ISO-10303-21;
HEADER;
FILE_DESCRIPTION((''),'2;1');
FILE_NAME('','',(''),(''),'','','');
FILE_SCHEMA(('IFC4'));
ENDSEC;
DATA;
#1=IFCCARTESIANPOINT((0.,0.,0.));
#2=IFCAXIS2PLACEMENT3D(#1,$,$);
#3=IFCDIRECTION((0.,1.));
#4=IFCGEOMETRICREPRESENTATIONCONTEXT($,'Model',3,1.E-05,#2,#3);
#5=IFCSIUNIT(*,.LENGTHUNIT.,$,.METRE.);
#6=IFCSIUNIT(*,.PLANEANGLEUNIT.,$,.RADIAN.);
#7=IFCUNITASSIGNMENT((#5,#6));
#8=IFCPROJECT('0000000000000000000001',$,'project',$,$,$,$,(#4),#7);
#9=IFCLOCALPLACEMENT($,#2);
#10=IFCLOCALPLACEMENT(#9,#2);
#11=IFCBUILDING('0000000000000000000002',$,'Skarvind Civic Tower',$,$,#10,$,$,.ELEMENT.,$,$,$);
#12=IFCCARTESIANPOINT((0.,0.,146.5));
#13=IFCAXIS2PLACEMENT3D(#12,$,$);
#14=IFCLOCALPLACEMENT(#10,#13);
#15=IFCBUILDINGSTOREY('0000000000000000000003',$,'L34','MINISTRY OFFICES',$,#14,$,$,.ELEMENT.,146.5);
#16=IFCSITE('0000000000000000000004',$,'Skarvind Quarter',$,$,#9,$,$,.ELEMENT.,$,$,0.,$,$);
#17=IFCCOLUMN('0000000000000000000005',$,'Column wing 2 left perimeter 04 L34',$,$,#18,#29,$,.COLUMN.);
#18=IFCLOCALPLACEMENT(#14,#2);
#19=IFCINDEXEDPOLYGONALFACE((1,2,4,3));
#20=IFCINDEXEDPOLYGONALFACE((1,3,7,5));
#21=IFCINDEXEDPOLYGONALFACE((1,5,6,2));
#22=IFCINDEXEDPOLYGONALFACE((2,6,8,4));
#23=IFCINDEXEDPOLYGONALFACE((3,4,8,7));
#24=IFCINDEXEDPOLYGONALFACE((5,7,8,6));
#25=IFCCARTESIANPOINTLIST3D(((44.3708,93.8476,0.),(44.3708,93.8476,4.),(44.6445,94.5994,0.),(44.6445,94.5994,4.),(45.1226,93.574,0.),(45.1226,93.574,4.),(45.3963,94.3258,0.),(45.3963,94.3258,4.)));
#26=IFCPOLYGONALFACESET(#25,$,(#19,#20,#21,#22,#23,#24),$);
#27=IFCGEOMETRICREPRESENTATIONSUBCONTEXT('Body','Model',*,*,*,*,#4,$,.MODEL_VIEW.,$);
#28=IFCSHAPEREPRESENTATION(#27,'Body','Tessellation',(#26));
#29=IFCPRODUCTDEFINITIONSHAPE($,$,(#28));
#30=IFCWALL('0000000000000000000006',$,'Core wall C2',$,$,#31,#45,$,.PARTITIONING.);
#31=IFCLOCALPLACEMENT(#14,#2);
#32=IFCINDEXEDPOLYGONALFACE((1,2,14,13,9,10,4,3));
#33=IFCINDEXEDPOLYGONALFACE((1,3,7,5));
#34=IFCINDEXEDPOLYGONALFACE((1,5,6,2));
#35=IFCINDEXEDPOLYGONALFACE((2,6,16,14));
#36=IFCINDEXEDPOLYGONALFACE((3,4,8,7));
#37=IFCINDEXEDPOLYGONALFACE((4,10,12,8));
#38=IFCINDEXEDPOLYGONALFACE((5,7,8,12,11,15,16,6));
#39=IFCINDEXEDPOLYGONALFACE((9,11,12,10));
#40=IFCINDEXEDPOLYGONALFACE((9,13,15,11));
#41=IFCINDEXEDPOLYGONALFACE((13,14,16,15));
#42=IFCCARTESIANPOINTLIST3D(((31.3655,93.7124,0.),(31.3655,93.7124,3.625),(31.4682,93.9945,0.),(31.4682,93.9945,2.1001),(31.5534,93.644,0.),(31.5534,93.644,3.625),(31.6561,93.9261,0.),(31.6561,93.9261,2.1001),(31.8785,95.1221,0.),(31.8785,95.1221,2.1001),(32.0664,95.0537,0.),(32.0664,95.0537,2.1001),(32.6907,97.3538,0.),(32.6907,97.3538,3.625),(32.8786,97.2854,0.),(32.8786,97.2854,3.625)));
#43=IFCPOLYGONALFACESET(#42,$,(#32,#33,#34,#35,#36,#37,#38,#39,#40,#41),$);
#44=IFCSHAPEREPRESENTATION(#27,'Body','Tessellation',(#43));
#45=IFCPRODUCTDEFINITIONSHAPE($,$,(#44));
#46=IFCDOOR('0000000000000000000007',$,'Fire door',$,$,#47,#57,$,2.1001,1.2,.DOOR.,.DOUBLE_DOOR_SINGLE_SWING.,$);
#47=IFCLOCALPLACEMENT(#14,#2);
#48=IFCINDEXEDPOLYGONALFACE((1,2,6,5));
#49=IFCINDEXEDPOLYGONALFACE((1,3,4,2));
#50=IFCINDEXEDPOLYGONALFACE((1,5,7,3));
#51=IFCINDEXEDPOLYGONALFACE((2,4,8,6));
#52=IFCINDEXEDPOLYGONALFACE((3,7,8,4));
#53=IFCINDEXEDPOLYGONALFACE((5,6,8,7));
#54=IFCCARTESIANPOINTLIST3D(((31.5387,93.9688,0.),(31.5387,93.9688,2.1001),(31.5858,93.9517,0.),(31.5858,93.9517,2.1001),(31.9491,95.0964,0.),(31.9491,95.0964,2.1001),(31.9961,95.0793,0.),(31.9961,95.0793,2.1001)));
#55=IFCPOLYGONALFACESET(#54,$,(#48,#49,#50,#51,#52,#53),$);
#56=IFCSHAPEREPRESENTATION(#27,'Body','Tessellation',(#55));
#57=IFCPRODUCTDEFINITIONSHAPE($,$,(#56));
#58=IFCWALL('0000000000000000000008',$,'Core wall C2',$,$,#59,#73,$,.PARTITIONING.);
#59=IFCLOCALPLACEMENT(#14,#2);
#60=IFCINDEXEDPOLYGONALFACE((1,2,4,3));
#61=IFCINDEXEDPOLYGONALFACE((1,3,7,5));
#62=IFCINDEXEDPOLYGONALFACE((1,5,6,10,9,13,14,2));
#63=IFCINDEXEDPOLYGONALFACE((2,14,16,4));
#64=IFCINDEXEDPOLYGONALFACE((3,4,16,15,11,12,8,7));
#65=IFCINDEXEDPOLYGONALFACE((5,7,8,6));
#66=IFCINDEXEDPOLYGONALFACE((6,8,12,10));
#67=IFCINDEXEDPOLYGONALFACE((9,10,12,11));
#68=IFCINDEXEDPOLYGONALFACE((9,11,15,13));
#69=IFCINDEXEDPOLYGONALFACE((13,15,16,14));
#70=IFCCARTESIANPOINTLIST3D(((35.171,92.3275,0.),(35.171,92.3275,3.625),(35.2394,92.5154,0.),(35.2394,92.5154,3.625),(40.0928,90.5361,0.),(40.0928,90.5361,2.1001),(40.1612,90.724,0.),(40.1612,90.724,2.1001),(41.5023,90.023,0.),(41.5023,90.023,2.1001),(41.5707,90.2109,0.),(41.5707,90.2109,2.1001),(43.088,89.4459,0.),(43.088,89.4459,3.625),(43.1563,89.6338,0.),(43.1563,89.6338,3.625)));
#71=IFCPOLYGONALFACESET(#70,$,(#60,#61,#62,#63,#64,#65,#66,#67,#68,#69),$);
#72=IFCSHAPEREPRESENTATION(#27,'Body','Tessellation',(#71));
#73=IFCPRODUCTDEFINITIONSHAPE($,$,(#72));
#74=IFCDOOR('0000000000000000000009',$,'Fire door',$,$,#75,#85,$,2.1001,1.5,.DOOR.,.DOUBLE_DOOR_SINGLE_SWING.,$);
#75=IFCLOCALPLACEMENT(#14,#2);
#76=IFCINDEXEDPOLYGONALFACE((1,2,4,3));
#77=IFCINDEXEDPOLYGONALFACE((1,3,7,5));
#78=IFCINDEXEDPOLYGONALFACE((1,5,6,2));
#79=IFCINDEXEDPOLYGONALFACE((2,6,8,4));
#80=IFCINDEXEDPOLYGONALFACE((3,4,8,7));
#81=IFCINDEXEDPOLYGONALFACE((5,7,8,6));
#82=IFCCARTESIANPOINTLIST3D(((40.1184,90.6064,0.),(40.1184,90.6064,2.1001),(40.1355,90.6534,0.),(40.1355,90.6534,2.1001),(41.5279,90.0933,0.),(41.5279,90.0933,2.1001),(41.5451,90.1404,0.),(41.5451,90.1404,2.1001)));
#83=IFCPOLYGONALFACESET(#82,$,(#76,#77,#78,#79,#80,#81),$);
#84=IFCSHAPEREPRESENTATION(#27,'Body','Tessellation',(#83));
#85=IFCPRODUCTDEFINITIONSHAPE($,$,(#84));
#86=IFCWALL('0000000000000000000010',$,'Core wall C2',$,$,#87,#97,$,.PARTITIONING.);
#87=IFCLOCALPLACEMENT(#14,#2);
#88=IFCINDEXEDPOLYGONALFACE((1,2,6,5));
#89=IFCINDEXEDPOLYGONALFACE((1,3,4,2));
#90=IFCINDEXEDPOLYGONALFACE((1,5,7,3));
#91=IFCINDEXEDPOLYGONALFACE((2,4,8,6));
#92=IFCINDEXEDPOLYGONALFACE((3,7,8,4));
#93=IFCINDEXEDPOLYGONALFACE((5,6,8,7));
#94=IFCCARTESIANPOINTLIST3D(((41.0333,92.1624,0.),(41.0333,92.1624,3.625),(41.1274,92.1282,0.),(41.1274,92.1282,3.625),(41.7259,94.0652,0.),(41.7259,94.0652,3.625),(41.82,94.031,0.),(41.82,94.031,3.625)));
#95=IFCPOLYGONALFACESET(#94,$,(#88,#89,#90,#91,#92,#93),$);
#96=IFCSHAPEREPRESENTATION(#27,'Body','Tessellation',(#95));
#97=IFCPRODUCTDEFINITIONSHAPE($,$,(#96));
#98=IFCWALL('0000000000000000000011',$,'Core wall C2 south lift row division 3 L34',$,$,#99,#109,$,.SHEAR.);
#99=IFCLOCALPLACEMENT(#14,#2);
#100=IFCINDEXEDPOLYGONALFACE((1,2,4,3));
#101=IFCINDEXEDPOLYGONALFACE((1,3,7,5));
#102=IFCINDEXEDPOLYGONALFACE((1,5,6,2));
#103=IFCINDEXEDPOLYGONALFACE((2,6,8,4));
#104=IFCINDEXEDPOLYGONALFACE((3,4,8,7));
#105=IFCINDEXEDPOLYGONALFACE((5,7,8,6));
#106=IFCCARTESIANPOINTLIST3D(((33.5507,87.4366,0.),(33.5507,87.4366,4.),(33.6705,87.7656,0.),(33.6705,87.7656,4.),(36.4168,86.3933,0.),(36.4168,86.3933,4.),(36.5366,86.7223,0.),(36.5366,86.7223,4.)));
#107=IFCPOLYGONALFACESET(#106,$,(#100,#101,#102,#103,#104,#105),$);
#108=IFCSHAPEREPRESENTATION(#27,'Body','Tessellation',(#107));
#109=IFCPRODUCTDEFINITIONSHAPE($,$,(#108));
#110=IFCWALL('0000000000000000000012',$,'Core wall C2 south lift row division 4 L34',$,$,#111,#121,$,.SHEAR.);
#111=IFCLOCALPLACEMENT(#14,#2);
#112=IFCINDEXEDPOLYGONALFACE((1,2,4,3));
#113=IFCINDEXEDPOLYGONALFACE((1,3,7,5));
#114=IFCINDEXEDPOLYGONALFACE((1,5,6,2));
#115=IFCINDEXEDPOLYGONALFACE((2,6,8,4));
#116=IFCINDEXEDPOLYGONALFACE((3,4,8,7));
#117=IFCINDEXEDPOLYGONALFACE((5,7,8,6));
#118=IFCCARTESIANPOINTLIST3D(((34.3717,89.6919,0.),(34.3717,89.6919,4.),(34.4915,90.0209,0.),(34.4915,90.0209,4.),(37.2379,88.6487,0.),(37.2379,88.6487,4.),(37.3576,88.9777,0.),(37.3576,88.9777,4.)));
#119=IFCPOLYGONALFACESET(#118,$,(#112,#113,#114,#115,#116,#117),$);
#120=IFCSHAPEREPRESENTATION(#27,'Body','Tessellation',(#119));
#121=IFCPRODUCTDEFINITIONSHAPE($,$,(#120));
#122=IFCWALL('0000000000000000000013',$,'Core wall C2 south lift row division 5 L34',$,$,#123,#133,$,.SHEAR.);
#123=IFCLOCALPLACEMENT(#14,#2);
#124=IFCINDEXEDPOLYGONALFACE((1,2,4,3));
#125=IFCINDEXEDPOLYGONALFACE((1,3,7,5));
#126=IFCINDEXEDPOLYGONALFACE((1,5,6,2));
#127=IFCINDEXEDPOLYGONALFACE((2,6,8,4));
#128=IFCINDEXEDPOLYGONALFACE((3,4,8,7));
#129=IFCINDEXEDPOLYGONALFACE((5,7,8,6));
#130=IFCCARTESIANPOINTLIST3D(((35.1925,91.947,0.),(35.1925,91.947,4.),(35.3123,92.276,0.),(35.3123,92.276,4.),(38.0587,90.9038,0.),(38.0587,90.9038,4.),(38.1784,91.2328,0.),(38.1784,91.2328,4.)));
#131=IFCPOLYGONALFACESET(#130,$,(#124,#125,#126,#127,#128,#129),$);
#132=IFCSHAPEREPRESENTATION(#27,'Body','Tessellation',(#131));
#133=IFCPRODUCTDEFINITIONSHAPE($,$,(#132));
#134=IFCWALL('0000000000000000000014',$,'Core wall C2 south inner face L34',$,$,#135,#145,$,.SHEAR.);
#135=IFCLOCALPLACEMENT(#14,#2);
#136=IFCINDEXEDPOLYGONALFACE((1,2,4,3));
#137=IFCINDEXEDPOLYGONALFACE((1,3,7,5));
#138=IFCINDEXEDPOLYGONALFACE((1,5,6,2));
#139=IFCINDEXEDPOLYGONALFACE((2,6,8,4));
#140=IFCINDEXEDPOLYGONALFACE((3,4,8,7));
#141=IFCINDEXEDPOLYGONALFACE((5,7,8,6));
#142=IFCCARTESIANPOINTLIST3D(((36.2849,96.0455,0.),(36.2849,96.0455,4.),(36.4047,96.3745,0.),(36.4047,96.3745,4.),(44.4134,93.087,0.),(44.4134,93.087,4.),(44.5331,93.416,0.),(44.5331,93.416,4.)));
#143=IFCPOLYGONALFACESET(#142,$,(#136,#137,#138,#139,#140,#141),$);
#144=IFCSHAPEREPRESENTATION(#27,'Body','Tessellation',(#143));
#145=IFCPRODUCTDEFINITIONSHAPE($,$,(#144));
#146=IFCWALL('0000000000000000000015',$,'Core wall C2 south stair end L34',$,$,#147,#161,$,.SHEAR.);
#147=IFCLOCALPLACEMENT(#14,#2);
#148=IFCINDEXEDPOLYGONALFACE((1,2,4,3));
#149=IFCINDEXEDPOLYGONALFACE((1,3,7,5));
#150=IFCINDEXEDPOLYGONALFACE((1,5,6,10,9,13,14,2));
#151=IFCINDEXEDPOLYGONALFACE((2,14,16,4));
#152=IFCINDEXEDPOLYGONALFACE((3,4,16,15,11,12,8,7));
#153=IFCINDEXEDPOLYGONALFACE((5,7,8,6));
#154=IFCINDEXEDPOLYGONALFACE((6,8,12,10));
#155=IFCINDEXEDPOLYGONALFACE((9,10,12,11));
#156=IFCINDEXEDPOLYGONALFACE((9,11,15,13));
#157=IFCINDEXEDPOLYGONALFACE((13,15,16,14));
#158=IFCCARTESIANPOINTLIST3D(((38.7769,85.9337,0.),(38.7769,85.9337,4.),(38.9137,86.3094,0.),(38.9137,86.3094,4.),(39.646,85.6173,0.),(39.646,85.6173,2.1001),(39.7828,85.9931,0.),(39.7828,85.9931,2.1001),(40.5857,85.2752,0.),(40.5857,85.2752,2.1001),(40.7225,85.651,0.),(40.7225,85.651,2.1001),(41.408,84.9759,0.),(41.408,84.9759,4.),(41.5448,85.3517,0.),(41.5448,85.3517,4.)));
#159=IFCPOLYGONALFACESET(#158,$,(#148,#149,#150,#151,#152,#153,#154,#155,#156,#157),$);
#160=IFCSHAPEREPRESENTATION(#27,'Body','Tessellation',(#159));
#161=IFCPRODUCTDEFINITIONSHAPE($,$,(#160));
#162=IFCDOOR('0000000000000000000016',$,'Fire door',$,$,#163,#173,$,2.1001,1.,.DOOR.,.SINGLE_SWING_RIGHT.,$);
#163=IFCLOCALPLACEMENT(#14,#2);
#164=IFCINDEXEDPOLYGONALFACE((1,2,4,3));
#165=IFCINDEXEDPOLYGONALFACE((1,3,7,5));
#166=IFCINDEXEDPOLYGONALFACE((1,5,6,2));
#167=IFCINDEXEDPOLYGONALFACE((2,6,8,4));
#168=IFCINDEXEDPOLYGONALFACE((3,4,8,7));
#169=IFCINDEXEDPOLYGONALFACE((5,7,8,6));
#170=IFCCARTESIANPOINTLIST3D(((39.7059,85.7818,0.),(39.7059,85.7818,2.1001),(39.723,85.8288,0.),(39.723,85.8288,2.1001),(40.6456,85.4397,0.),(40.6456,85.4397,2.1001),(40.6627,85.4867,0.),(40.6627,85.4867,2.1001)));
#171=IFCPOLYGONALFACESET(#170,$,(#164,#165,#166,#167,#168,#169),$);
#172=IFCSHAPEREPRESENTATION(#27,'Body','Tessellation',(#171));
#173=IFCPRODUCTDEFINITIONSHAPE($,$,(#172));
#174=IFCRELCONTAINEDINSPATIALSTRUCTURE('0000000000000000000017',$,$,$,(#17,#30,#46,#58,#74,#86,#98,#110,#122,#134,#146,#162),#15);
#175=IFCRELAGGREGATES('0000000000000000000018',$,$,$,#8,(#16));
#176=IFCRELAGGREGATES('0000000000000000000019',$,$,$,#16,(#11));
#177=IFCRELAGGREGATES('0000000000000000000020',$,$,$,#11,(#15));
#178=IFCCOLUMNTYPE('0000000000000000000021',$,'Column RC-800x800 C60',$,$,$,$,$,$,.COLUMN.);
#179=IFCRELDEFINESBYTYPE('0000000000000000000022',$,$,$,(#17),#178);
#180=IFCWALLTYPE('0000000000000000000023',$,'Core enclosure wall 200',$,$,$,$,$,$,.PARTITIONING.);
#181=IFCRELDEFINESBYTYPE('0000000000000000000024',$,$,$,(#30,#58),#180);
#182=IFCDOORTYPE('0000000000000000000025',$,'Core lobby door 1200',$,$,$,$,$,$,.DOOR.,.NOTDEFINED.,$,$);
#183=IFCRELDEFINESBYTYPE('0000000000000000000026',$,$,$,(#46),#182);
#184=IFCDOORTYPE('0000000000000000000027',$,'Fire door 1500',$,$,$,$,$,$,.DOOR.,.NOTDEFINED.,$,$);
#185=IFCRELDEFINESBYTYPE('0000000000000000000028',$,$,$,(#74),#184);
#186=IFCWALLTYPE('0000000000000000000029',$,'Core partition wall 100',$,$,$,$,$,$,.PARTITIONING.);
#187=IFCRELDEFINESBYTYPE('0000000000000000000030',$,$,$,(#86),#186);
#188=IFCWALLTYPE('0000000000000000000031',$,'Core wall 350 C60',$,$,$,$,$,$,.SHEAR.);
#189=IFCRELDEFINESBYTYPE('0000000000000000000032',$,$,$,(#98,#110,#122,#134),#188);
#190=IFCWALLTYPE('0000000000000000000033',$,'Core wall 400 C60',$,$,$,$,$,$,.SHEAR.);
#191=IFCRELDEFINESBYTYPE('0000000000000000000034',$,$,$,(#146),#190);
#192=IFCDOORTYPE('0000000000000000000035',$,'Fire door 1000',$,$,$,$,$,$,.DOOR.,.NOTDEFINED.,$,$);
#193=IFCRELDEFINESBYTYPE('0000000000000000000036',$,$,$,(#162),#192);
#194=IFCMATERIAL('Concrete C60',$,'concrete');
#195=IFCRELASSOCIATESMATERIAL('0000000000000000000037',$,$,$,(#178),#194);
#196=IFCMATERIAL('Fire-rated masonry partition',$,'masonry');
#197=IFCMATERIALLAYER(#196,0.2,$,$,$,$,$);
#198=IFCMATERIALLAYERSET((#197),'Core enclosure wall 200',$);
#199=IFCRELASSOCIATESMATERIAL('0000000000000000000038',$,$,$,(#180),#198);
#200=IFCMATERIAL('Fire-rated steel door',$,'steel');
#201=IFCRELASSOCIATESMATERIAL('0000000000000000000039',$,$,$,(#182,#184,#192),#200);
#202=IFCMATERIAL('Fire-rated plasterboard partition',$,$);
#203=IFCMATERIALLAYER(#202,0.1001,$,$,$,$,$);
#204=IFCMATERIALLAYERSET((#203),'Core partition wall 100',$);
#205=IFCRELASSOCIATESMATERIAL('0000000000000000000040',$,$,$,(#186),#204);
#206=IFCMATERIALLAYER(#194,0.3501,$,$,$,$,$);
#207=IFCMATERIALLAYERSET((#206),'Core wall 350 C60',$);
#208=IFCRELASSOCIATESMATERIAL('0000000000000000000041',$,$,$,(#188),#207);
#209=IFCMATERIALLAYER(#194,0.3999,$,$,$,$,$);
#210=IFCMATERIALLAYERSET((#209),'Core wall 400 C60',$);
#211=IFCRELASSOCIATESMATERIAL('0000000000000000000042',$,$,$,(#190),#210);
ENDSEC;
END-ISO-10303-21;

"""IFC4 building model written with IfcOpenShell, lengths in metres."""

from ifc_helpers import new_model, si_unit, direction, frame, frame_2d, origin, origin_2d, place, context, subcontext, project, spatial, rectangle, extrude, material, layer, layer_set, material_profile, profile_set, type_object, element, fill, save


model = new_model("IFC4")

# Units and contexts
model_context = context("Model", 3, precision=1e-05, world=origin(), true_north=direction((0.0, 1.0)))
body_context = subcontext(model_context, "Body", "Model", "MODEL_VIEW")
ifc_project = project(units=[si_unit("LENGTHUNIT", "METRE"), si_unit("PLANEANGLEUNIT", "RADIAN")], contexts=[model_context])

# Site, building, storey
site_placement = place(None, origin())
site = spatial("IfcSite", under=ifc_project, at=site_placement, Name="Skarvind Quarter", CompositionType="ELEMENT", RefElevation=0.0)
building_placement = place(site_placement, origin())
building = spatial("IfcBuilding", under=site, at=building_placement, Name="Skarvind Civic Tower", CompositionType="ELEMENT")
storey_placement = place(building_placement, frame((0.0, 0.0, 146.5)))
storey = spatial("IfcBuildingStorey", under=building, at=storey_placement, Name="L34", Description="MINISTRY OFFICES", CompositionType="ELEMENT", Elevation=146.5)

# Column
ifc_material_1 = material(Name="Concrete C60", Category="concrete")
ifc_material_profile = material_profile(ifc_material_1, rectangle(XDim=0.8, YDim=0.8, at=origin_2d()), Name="RC-800x800")
ifc_profile_set = profile_set([ifc_material_profile], Name="Concrete C60")
column_type = type_object("IfcColumnType", Name="Column RC-800x800 C60", PredefinedType="COLUMN", material=ifc_profile_set)
column_placement = place(storey_placement, frame((44.8835, 94.0867, 0.0), z_axis=(0.0, 0.0, 1.0), x_axis=(-0.34202, -0.939693, 0.0)))
element("IfcColumn", 1, at=column_placement, inside=storey, type_object=column_type, Name="Column wing 2 left perimeter 04 L34", PredefinedType="COLUMN", context=body_context, shape_type="SweptSolid", body=[
    extrude(rectangle(XDim=0.8, YDim=0.8, at=origin_2d()), origin(), (0.0, 0.0, 1.0), 4.0),
])

# Walls, openings, doors
ifc_material_2 = material(Name="Fire-rated masonry partition", Category="masonry")
ifc_layer_1 = layer(ifc_material_2, 0.2)
ifc_layer_set_1 = layer_set([ifc_layer_1], Name="Core enclosure wall 200")
wall_type_1 = type_object("IfcWallType", Name="Core enclosure wall 200", PredefinedType="PARTITIONING", material=ifc_layer_set_1)
wall_1_placement = place(storey_placement, frame((31.4595, 93.6782, 0.0), z_axis=(0.0, 0.0, 1.0), x_axis=(0.341986, 0.939705, 0.0)))
wall_1 = element("IfcWall", 2, at=wall_1_placement, inside=storey, type_object=wall_type_1, Name="Core wall C2", PredefinedType="PARTITIONING", context=body_context, shape_type="SweptSolid", body=[
    extrude(rectangle(XDim=3.875, YDim=0.2, at=frame_2d((1.9375, 0.0))), origin(), (0.0, 0.0, 1.0), 3.625),
])
opening_1_placement = place(wall_1_placement, frame((0.3, 0.0, 0.0)))
opening_1 = element("IfcOpeningElement", 3, at=opening_1_placement, cuts=wall_1, PredefinedType="OPENING", context=body_context, shape_type="SweptSolid", body=[
    extrude(rectangle(XDim=1.2, YDim=2.1001, at=frame_2d((0.6001, 1.05))), frame((0.0, 0.1099, 0.0), z_axis=(0.0, -1.0, 0.0), x_axis=(1.0, 0.0, 0.0)), (0.0, 0.0, 1.0), 0.22),
])
ifc_material_3 = material(Name="Fire-rated steel door", Category="steel")
door_type_1 = type_object("IfcDoorType", Name="Core lobby door 1200", OperationType="NOTDEFINED", PredefinedType="DOOR", material=ifc_material_3)
door_1_placement = place(opening_1_placement, origin())
door_1 = element("IfcDoor", 4, at=door_1_placement, inside=storey, type_object=door_type_1, Name="Fire door", OperationType="DOUBLE_DOOR_SINGLE_SWING", OverallHeight=2.1001, OverallWidth=1.2, PredefinedType="DOOR", context=body_context, shape_type="SweptSolid", body=[
    extrude(rectangle(XDim=1.2, YDim=2.1001, at=frame_2d((0.6001, 1.05))), frame((0.0, 0.0249, 0.0), z_axis=(0.0, -1.0, 0.0), x_axis=(1.0, 0.0, 0.0)), (0.0, 0.0, 1.0), 0.05),
])
fill(opening_1, door_1)
wall_2_placement = place(storey_placement, frame((35.2053, 92.4214, 0.0), z_axis=(0.0, 0.0, 1.0), x_axis=(0.939691, -0.342025, 0.0)))
wall_2 = element("IfcWall", 5, at=wall_2_placement, inside=storey, type_object=wall_type_1, Name="Core wall C2", PredefinedType="PARTITIONING", context=body_context, shape_type="SweptSolid", body=[
    extrude(rectangle(XDim=8.425, YDim=0.2, at=frame_2d((4.2124, 0.0))), origin(), (0.0, 0.0, 1.0), 3.625),
])
opening_2_placement = place(wall_2_placement, frame((5.2375, 0.0, 0.0)))
opening_2 = element("IfcOpeningElement", 6, at=opening_2_placement, cuts=wall_2, PredefinedType="OPENING", context=body_context, shape_type="SweptSolid", body=[
    extrude(rectangle(XDim=1.5, YDim=2.1001, at=frame_2d((0.75, 1.05))), frame((0.0, 0.1099, 0.0), z_axis=(0.0, -1.0, 0.0), x_axis=(1.0, 0.0, 0.0)), (0.0, 0.0, 1.0), 0.22),
])
door_type_2 = type_object("IfcDoorType", Name="Fire door 1500", OperationType="NOTDEFINED", PredefinedType="DOOR", material=ifc_material_3)
door_2_placement = place(opening_2_placement, origin())
door_2 = element("IfcDoor", 7, at=door_2_placement, inside=storey, type_object=door_type_2, Name="Fire door", OperationType="DOUBLE_DOOR_SINGLE_SWING", OverallHeight=2.1001, OverallWidth=1.5, PredefinedType="DOOR", context=body_context, shape_type="SweptSolid", body=[
    extrude(rectangle(XDim=1.5, YDim=2.1001, at=frame_2d((0.75, 1.05))), frame((0.0, 0.0249, 0.0), z_axis=(0.0, -1.0, 0.0), x_axis=(1.0, 0.0, 0.0)), (0.0, 0.0, 1.0), 0.05),
])
fill(opening_2, door_2)

# Walls
ifc_material_4 = material(Name="Fire-rated plasterboard partition")
ifc_layer_2 = layer(ifc_material_4, 0.1001)
ifc_layer_set_2 = layer_set([ifc_layer_2], Name="Core partition wall 100")
wall_type_2 = type_object("IfcWallType", Name="Core partition wall 100", PredefinedType="PARTITIONING", material=ifc_layer_set_2)
wall_3_placement = place(storey_placement, frame((41.7729, 94.0481, 0.0), z_axis=(0.0, 0.0, 1.0), x_axis=(-0.342043, -0.939684, 0.0)))
element("IfcWall", 8, at=wall_3_placement, inside=storey, type_object=wall_type_2, Name="Core wall C2", PredefinedType="PARTITIONING", context=body_context, shape_type="SweptSolid", body=[
    extrude(rectangle(XDim=2.0249, YDim=0.1001, at=frame_2d((1.0125, 0.0))), origin(), (0.0, 0.0, 1.0), 3.625),
])
ifc_layer_3 = layer(ifc_material_1, 0.3501)
ifc_layer_set_3 = layer_set([ifc_layer_3], Name="Core wall 350 C60")
wall_type_3 = type_object("IfcWallType", Name="Core wall 350 C60", PredefinedType="SHEAR", material=ifc_layer_set_3)
for number, where, z_axis, x_axis, name in (
    (9, (36.4766, 86.5579, 0.0), (0.0, 0.0, 1.0), (-0.939684, 0.342045, 0.0), "Core wall C2 south lift row division 3 L34"),
    (10, (37.2976, 88.8132, 0.0), (0.0, 0.0, 1.0), (-0.939693, 0.342019, 0.0), "Core wall C2 south lift row division 4 L34"),
    (11, (38.1184, 91.0684, 0.0), (0.0, 0.0, 1.0), (-0.939693, 0.342019, 0.0), "Core wall C2 south lift row division 5 L34"),
):
    element("IfcWall", number, at=place(storey_placement, frame(where, z_axis=z_axis, x_axis=x_axis)), inside=storey, type_object=wall_type_3, Name=name, PredefinedType="SHEAR", context=body_context, shape_type="SweptSolid", body=[
        extrude(rectangle(XDim=3.05, YDim=0.3501, at=frame_2d((1.5249, 0.0))), origin(), (0.0, 0.0, 1.0), 4.0),
    ])
wall_4_placement = place(storey_placement, frame((44.4734, 93.2515, 0.0), z_axis=(0.0, 0.0, 1.0), x_axis=(-0.939693, 0.34202, 0.0)))
element("IfcWall", 12, at=wall_4_placement, inside=storey, type_object=wall_type_3, Name="Core wall C2 south inner face L34", PredefinedType="SHEAR", context=body_context, shape_type="SweptSolid", body=[
    extrude(rectangle(XDim=8.6501, YDim=0.3501, at=frame_2d((4.3252, 0.0))), origin(), (0.0, 0.0, 1.0), 4.0),
])

# Wall, opening, door
ifc_layer_4 = layer(ifc_material_1, 0.3999)
ifc_layer_set_4 = layer_set([ifc_layer_4], Name="Core wall 400 C60")
wall_type_4 = type_object("IfcWallType", Name="Core wall 400 C60", PredefinedType="SHEAR", material=ifc_layer_set_4)
wall_5_placement = place(storey_placement, frame((41.4763, 85.1638, 0.0), z_axis=(0.0, 0.0, 1.0), x_axis=(-0.939679, 0.342058, 0.0)))
wall_5 = element("IfcWall", 13, at=wall_5_placement, inside=storey, type_object=wall_type_4, Name="Core wall C2 south stair end L34", PredefinedType="SHEAR", context=body_context, shape_type="SweptSolid", body=[
    extrude(rectangle(XDim=2.8, YDim=0.3999, at=frame_2d((1.3999, 0.0))), origin(), (0.0, 0.0, 1.0), 4.0),
])
opening_3_placement = place(wall_5_placement, frame((0.875, 0.0, 0.0)))
opening_3 = element("IfcOpeningElement", 14, at=opening_3_placement, cuts=wall_5, PredefinedType="OPENING", context=body_context, shape_type="SweptSolid", body=[
    extrude(rectangle(XDim=1.0, YDim=2.1001, at=frame_2d((0.5, 1.05))), frame((0.0, 0.21, 0.0), z_axis=(0.0, -1.0, 0.0), x_axis=(1.0, 0.0, 0.0)), (0.0, 0.0, 1.0), 0.4199),
])
door_type_3 = type_object("IfcDoorType", Name="Fire door 1000", OperationType="NOTDEFINED", PredefinedType="DOOR", material=ifc_material_3)
door_3_placement = place(opening_3_placement, origin())
door_3 = element("IfcDoor", 15, at=door_3_placement, inside=storey, type_object=door_type_3, Name="Fire door", OperationType="SINGLE_SWING_RIGHT", OverallHeight=2.1001, OverallWidth=1.0, PredefinedType="DOOR", context=body_context, shape_type="SweptSolid", body=[
    extrude(rectangle(XDim=1.0, YDim=2.1001, at=frame_2d((0.5, 1.05))), frame((0.0, 0.0249, 0.0), z_axis=(0.0, -1.0, 0.0), x_axis=(1.0, 0.0, 0.0)), (0.0, 0.0, 1.0), 0.05),
])
fill(opening_3, door_3)

save(model, "model.ifc")
